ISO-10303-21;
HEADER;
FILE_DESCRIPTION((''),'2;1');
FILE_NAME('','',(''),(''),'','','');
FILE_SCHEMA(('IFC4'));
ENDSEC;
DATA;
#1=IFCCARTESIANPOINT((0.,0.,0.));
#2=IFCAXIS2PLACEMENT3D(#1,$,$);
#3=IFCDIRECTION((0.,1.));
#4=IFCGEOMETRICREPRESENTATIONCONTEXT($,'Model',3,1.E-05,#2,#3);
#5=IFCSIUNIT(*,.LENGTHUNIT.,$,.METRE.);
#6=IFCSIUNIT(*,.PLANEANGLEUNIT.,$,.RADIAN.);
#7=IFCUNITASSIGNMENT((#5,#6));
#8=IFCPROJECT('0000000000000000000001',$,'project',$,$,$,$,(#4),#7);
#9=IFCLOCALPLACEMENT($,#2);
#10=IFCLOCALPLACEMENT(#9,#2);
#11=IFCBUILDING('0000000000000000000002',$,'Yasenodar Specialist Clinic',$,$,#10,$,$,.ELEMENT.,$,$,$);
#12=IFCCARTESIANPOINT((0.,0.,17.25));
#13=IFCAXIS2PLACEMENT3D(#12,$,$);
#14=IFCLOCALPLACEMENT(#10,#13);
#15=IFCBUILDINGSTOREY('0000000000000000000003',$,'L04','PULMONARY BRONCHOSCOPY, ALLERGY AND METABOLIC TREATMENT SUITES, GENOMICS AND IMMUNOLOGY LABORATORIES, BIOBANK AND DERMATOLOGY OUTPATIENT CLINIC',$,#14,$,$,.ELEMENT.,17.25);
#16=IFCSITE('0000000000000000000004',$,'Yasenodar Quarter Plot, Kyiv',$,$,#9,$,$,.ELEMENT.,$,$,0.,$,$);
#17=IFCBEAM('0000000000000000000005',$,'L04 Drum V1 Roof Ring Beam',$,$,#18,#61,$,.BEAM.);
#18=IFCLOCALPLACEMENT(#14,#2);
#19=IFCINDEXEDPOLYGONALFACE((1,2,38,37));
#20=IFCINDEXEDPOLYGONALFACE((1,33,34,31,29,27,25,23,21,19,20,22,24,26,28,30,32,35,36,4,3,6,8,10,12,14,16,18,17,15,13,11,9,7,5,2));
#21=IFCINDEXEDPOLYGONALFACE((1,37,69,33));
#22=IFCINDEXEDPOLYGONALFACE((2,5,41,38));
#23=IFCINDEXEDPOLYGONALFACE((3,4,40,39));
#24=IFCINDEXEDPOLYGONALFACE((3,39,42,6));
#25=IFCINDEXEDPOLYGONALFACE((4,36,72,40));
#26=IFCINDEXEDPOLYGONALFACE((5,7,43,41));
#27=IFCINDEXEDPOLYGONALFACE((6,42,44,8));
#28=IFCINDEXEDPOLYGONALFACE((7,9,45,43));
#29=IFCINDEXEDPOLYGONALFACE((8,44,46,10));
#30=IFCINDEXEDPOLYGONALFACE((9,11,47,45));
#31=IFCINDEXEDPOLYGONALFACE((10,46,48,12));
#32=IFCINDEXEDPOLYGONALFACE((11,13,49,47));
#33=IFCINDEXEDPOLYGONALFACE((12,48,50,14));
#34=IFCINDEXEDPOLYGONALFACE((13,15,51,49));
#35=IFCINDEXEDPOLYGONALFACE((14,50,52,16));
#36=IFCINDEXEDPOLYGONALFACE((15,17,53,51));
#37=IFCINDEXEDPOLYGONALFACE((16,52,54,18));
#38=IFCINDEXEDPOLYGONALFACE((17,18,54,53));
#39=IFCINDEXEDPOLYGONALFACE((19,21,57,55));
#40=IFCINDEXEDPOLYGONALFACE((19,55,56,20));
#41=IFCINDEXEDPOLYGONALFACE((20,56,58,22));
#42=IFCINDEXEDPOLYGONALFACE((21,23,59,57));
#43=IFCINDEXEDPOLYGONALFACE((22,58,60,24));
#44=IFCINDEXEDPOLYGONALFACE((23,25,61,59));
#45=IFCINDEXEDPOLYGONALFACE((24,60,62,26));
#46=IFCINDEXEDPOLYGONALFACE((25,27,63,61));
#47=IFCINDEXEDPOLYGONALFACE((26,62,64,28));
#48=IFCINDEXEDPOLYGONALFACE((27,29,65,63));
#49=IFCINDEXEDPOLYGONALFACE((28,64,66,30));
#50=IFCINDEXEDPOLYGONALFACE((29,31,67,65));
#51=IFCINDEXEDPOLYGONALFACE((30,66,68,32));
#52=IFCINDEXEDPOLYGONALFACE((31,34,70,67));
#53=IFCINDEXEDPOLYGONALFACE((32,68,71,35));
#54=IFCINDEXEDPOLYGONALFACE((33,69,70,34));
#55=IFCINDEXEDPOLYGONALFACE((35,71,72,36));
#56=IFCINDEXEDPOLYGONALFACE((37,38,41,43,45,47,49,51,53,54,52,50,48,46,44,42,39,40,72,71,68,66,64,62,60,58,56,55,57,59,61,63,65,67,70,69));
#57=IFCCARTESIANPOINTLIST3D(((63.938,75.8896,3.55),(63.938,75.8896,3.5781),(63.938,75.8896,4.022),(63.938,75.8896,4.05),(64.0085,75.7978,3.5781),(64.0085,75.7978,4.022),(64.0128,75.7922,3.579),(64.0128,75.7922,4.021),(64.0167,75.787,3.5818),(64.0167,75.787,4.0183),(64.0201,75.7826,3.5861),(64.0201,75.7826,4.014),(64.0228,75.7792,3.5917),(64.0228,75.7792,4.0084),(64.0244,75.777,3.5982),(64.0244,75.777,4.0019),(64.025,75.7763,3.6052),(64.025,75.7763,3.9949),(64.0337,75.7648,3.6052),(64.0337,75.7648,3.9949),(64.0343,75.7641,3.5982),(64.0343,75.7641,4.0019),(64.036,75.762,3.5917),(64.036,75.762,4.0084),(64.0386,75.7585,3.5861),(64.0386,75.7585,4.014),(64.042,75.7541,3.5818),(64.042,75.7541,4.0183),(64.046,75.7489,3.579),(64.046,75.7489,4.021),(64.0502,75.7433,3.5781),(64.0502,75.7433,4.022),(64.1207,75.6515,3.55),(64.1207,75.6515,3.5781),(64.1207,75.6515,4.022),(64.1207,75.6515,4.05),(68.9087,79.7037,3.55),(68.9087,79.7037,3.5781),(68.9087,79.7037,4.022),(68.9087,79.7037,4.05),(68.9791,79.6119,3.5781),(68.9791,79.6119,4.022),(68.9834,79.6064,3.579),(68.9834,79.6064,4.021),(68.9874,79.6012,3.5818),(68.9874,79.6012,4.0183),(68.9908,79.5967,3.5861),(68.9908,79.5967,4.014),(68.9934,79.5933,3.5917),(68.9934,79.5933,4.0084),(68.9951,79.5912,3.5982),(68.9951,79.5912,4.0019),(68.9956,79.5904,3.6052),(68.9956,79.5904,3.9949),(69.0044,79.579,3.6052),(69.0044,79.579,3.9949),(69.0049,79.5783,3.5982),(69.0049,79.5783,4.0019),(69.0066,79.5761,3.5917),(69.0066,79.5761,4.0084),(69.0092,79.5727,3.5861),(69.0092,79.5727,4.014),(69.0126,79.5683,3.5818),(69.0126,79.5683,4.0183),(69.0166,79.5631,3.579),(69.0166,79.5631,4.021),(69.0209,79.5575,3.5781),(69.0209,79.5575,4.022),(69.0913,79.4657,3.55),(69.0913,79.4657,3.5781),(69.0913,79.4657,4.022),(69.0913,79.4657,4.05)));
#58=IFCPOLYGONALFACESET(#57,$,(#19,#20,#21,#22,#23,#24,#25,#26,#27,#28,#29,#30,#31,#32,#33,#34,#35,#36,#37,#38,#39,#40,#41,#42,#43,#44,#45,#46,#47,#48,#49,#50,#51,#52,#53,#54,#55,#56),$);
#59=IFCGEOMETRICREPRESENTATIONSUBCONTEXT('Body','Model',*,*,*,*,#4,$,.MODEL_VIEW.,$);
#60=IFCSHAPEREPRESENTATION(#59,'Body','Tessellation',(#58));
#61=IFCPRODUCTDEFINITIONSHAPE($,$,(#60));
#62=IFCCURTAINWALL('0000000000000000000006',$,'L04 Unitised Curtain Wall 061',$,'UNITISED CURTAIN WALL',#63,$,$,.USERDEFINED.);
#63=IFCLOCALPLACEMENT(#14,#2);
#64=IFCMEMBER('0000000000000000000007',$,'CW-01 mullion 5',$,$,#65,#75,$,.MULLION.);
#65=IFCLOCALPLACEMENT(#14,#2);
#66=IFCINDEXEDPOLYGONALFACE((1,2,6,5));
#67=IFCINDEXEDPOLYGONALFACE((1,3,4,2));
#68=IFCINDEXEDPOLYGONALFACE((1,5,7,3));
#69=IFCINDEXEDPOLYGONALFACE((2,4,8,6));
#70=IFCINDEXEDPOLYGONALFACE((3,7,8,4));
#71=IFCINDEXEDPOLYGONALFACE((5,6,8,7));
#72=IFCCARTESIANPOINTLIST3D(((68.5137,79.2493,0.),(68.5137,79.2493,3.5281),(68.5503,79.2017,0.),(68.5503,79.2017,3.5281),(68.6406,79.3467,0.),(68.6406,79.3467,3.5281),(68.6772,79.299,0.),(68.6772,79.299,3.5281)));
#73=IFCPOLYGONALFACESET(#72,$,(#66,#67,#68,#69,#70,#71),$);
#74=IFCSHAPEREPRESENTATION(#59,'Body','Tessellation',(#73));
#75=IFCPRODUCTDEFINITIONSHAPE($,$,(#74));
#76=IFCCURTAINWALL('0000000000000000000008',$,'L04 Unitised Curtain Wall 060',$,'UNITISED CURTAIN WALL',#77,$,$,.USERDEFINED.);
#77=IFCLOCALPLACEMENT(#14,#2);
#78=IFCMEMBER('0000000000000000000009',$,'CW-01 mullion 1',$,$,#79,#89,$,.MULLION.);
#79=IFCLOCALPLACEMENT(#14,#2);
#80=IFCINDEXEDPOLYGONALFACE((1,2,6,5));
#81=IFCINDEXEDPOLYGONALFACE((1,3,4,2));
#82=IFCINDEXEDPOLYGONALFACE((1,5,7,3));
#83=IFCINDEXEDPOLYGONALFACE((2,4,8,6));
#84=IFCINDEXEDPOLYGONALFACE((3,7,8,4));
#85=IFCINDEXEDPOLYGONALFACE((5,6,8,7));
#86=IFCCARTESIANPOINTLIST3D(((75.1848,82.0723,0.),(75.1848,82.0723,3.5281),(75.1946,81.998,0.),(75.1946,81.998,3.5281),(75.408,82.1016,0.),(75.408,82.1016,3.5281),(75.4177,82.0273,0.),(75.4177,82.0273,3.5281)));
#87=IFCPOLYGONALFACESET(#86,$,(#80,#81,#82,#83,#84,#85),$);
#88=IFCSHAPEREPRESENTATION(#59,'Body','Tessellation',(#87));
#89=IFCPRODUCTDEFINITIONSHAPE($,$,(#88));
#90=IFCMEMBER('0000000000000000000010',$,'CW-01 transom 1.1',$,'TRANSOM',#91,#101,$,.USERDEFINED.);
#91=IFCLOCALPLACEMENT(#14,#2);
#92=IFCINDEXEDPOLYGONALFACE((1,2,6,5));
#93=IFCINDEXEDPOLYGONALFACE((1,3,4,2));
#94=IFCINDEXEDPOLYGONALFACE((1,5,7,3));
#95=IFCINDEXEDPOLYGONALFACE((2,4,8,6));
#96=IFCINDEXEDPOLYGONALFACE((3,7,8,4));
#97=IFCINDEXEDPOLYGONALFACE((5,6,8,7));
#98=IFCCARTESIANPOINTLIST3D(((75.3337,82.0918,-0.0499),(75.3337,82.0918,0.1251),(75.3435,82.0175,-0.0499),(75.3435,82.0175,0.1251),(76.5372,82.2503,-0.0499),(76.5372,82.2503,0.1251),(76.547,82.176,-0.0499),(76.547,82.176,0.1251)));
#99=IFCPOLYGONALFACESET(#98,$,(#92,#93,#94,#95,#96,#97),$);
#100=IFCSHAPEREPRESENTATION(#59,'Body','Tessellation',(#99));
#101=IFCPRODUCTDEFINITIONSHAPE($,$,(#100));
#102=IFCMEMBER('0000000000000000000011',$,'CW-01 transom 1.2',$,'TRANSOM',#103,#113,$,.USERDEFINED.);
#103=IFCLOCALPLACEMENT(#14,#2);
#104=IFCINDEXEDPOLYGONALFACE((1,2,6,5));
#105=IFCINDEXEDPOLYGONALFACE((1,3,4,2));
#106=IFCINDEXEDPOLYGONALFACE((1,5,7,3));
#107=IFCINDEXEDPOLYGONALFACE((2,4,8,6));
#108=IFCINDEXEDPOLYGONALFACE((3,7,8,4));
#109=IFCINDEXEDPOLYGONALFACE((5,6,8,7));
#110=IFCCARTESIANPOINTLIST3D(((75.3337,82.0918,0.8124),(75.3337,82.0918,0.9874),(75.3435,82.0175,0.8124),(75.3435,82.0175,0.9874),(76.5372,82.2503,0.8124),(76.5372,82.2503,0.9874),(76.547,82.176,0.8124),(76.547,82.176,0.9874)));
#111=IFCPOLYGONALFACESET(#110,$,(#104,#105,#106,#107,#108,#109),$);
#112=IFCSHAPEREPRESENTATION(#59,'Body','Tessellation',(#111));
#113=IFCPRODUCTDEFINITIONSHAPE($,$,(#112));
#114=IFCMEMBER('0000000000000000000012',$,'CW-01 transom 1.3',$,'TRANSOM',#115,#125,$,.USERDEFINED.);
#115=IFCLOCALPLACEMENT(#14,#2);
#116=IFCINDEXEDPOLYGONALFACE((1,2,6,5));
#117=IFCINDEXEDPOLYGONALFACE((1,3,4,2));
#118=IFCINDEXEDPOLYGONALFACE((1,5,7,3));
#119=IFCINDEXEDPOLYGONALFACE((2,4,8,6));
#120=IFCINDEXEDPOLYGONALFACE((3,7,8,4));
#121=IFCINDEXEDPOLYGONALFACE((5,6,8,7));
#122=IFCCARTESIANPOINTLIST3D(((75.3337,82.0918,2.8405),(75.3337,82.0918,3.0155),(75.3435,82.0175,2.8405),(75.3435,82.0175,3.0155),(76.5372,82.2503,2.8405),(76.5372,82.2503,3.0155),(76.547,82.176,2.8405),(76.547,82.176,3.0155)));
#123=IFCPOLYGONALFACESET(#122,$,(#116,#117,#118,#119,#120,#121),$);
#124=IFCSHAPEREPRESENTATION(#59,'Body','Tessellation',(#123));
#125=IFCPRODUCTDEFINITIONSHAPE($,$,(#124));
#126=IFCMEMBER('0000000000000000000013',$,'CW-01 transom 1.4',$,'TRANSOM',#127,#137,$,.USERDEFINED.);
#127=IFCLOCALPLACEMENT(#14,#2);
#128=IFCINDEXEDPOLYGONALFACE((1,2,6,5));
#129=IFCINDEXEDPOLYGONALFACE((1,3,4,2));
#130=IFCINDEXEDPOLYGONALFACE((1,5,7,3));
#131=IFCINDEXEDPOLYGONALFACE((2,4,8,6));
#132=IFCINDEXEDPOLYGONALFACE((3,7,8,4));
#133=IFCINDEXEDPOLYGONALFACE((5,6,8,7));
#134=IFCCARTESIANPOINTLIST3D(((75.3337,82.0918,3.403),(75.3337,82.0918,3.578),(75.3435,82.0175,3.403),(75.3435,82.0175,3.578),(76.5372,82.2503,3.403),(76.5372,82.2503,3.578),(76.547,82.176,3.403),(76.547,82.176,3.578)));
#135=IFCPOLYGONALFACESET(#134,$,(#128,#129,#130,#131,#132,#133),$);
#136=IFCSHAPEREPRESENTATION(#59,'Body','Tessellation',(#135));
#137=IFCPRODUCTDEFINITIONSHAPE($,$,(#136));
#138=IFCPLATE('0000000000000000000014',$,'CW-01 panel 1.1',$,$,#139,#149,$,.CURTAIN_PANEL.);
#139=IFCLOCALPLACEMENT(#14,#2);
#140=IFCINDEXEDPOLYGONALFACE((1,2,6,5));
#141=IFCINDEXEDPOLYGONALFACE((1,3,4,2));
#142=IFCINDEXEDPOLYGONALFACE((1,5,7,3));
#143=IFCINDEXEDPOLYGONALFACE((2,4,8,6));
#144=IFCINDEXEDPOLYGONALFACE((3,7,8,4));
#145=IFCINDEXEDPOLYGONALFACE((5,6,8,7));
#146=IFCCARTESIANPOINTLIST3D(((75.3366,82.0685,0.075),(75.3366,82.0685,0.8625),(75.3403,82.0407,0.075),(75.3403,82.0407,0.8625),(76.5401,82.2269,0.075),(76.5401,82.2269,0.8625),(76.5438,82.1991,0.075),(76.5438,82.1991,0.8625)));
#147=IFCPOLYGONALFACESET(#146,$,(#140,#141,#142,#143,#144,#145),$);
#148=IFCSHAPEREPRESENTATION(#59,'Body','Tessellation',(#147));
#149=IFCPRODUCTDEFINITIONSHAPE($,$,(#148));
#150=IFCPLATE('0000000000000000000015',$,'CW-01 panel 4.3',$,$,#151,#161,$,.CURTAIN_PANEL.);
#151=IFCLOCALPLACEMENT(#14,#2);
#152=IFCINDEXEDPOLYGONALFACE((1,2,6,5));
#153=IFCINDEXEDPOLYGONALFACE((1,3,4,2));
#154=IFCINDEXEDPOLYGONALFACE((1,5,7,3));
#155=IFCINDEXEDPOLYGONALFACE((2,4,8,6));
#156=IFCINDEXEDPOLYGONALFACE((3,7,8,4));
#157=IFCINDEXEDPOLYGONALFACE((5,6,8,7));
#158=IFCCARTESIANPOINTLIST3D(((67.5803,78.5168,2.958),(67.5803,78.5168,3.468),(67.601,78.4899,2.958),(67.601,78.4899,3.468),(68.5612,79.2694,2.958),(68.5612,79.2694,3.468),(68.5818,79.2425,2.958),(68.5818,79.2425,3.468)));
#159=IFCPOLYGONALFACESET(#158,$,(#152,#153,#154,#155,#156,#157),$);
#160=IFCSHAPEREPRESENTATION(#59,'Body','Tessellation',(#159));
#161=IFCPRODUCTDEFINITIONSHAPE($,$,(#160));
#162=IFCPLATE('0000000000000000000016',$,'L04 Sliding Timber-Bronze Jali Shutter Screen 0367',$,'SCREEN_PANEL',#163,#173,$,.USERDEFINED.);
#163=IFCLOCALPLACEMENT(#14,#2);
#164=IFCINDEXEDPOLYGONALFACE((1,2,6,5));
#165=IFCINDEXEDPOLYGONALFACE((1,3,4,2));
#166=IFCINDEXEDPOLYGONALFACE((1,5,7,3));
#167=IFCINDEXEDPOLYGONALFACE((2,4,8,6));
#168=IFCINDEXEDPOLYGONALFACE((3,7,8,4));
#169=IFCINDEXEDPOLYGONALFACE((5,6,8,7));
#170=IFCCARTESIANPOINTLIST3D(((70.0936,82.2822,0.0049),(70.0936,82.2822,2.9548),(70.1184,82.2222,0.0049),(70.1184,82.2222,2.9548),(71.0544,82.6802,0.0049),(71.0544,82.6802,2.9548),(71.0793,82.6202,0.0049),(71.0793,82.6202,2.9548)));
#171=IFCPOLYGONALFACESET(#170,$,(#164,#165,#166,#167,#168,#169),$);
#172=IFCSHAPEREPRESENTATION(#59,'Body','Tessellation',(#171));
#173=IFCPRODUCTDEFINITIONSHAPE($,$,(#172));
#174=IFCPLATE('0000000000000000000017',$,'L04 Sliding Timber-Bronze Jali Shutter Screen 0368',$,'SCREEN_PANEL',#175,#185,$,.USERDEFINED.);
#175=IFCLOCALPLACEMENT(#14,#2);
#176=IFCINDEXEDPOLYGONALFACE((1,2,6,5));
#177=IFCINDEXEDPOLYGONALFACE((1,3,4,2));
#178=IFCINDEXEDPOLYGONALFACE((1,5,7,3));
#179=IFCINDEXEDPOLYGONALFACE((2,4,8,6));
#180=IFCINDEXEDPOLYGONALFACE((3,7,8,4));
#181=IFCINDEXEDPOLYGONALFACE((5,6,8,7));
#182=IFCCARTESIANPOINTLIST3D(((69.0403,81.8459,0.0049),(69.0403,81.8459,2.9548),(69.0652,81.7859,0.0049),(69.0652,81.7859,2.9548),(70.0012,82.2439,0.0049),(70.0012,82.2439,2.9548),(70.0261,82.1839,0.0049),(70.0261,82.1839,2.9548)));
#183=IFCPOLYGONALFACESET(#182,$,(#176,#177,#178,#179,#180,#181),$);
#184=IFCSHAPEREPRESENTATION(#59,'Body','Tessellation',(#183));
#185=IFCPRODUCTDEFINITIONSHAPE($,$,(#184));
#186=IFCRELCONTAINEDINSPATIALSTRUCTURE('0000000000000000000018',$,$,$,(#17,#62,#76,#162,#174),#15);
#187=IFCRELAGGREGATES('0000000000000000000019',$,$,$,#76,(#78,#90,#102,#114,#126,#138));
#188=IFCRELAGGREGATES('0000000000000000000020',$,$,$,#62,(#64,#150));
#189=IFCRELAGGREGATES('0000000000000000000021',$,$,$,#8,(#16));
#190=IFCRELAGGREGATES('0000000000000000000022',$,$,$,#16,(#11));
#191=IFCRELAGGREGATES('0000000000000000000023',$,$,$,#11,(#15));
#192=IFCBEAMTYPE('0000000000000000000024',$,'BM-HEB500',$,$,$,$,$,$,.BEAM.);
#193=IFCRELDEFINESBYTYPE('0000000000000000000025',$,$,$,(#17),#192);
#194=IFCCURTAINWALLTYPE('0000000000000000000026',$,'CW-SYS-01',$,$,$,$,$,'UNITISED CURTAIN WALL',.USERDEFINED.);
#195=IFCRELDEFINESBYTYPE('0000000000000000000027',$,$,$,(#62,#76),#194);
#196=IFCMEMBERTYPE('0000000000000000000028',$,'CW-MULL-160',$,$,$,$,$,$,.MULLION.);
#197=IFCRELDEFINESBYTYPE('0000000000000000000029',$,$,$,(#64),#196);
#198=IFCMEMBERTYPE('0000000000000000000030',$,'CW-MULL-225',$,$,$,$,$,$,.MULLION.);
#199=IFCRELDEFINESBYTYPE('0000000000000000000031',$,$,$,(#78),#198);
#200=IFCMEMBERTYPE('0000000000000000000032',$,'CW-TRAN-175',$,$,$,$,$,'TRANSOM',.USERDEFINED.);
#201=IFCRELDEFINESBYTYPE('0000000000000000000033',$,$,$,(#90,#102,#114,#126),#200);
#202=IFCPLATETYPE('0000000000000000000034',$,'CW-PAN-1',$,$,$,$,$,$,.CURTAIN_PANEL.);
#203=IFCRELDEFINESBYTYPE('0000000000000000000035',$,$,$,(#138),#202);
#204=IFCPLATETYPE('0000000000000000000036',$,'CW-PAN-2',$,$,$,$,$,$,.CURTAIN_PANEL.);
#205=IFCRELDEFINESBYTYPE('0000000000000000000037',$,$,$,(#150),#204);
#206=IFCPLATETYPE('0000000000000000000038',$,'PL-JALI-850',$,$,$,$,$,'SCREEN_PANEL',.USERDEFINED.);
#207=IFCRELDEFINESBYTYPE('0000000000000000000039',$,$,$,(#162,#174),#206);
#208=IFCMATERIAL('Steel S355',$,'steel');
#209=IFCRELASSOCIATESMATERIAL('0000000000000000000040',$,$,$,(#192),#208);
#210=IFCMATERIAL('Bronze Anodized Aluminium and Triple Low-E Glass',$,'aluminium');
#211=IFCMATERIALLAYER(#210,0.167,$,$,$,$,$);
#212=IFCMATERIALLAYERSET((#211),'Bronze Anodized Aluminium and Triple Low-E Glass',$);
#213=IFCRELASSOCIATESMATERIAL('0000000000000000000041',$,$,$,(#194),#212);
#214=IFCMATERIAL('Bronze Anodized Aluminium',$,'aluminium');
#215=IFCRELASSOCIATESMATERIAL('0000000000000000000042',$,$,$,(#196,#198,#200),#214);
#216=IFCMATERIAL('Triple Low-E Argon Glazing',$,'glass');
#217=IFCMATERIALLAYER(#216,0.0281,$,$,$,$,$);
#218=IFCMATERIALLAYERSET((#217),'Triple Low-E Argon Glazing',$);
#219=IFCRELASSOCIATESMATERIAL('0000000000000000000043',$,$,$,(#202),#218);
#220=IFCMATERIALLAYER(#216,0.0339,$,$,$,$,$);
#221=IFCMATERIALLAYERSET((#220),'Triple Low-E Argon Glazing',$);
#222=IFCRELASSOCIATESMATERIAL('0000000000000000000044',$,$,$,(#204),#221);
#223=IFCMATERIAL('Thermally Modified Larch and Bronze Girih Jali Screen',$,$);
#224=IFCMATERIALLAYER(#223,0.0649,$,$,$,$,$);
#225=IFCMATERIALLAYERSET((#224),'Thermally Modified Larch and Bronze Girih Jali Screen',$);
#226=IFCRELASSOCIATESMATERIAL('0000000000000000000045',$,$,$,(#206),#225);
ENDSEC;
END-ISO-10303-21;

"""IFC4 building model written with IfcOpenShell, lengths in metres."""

from ifc_helpers import new_model, si_unit, direction, frame, origin, origin_2d, place, context, subcontext, project, spatial, rectangle, i_section, extrude, material, layer, layer_set, material_profile, profile_set, type_object, element, aggregate, save


model = new_model("IFC4")

# Units and contexts
model_context = context("Model", 3, precision=1e-05, world=origin(), true_north=direction((0.0, 1.0)))
body_context = subcontext(model_context, "Body", "Model", "MODEL_VIEW")
ifc_project = project(units=[si_unit("LENGTHUNIT", "METRE"), si_unit("PLANEANGLEUNIT", "RADIAN")], contexts=[model_context])

# Site, building, storey
site_placement = place(None, origin())
site = spatial("IfcSite", under=ifc_project, at=site_placement, Name="Yasenodar Quarter Plot, Kyiv", CompositionType="ELEMENT", RefElevation=0.0)
building_placement = place(site_placement, origin())
building = spatial("IfcBuilding", under=site, at=building_placement, Name="Yasenodar Specialist Clinic", CompositionType="ELEMENT")
storey_placement = place(building_placement, frame((0.0, 0.0, 17.25)))
storey = spatial("IfcBuildingStorey", under=building, at=storey_placement, Name="L04", Description="PULMONARY BRONCHOSCOPY, ALLERGY AND METABOLIC TREATMENT SUITES, GENOMICS AND IMMUNOLOGY LABORATORIES, BIOBANK AND DERMATOLOGY OUTPATIENT CLINIC", CompositionType="ELEMENT", Elevation=17.25)

# Shared definitions
ifc_material_1 = material(Name="Steel S355", Category="steel")

# Beam
ifc_material_profile_1 = material_profile(ifc_material_1, i_section(OverallWidth=0.3, OverallDepth=0.5, WebThickness=0.0144, FlangeThickness=0.0281, FilletRadius=0.0271, at=origin_2d()), Name="HEB 500")
ifc_profile_set_1 = profile_set([ifc_material_profile_1], Name="Steel S355")
beam_type = type_object("IfcBeamType", Name="BM-HEB500", PredefinedType="BEAM", material=ifc_profile_set_1)
beam_1_placement = place(storey_placement, frame((69.0, 79.5847, 3.8), z_axis=(-0.793349, -0.608767, 0.0), x_axis=(0.608767, -0.793349, 0.0)))
element("IfcBeam", 1, at=beam_1_placement, inside=storey, type_object=beam_type, Name="L04 Drum V1 Roof Ring Beam", PredefinedType="BEAM", context=body_context, shape_type="SweptSolid", body=[
    extrude(i_section(OverallWidth=0.3, OverallDepth=0.5, WebThickness=0.0144, FlangeThickness=0.0281, FilletRadius=0.0271, at=origin_2d()), origin(), (0.0, 0.0, 1.0), 6.2654),
])

# Curtain wall, member
ifc_material_2 = material(Name="Bronze Anodized Aluminium and Triple Low-E Glass", Category="aluminium")
ifc_layer_1 = layer(ifc_material_2, 0.167)
ifc_layer_set_1 = layer_set([ifc_layer_1], Name="Bronze Anodized Aluminium and Triple Low-E Glass")
curtain_wall_type = type_object("IfcCurtainWallType", Name="CW-SYS-01", ElementType="UNITISED CURTAIN WALL", PredefinedType="USERDEFINED", material=ifc_layer_set_1)
curtain_wall_1_placement = place(storey_placement, origin())
curtain_wall_1 = element("IfcCurtainWall", 2, at=curtain_wall_1_placement, inside=storey, type_object=curtain_wall_type, Name="L04 Unitised Curtain Wall 061", ObjectType="UNITISED CURTAIN WALL", PredefinedType="USERDEFINED")
ifc_material_3 = material(Name="Bronze Anodized Aluminium", Category="aluminium")
ifc_material_profile_2 = material_profile(ifc_material_3, rectangle(XDim=0.0601, YDim=0.1599, at=origin_2d()), Name="CW-MULL 60x160")
ifc_profile_set_2 = profile_set([ifc_material_profile_2], Name="Bronze Anodized Aluminium")
member_type_1 = type_object("IfcMemberType", Name="CW-MULL-160", PredefinedType="MULLION", material=ifc_profile_set_2)
member_1_placement = place(storey_placement, frame((68.5955, 79.2742, 0.0), z_axis=(0.0, 0.0, 1.0), x_axis=(-0.608752, 0.793361, 0.0)))
member_1 = element("IfcMember", 3, at=member_1_placement, type_object=member_type_1, Name="CW-01 mullion 5", PredefinedType="MULLION", context=body_context, shape_type="SweptSolid", body=[
    extrude(rectangle(XDim=0.0601, YDim=0.1599, at=origin_2d()), origin(), (0.0, 0.0, 1.0), 3.5281),
])

# Curtain wall, members, plate
curtain_wall_2_placement = place(storey_placement, origin())
curtain_wall_2 = element("IfcCurtainWall", 4, at=curtain_wall_2_placement, inside=storey, type_object=curtain_wall_type, Name="L04 Unitised Curtain Wall 060", ObjectType="UNITISED CURTAIN WALL", PredefinedType="USERDEFINED")
ifc_material_profile_3 = material_profile(ifc_material_3, rectangle(XDim=0.075, YDim=0.2251, at=origin_2d()), Name="CW-MULL 75x225")
ifc_profile_set_3 = profile_set([ifc_material_profile_3], Name="Bronze Anodized Aluminium")
member_type_2 = type_object("IfcMemberType", Name="CW-MULL-225", PredefinedType="MULLION", material=ifc_profile_set_3)
member_2_placement = place(storey_placement, frame((75.3013, 82.0498, 0.0), z_axis=(0.0, 0.0, 1.0), x_axis=(-0.130512, 0.991447, 0.0)))
member_2 = element("IfcMember", 5, at=member_2_placement, type_object=member_type_2, Name="CW-01 mullion 1", PredefinedType="MULLION", context=body_context, shape_type="SweptSolid", body=[
    extrude(rectangle(XDim=0.075, YDim=0.2251, at=origin_2d()), origin(), (0.0, 0.0, 1.0), 3.5281),
])
ifc_material_profile_4 = material_profile(ifc_material_3, rectangle(XDim=0.075, YDim=0.175, at=origin_2d()), Name="CW-TRAN 75x175")
ifc_profile_set_4 = profile_set([ifc_material_profile_4], Name="Bronze Anodized Aluminium")
member_type_3 = type_object("IfcMemberType", Name="CW-TRAN-175", ElementType="TRANSOM", PredefinedType="USERDEFINED", material=ifc_profile_set_4)
member_3_placement = place(storey_placement, frame((75.3386, 82.0547, 0.0376), z_axis=(0.991443, 0.130543, 0.0), x_axis=(-0.130543, 0.991443, 0.0)))
member_3 = element("IfcMember", 6, at=member_3_placement, type_object=member_type_3, Name="CW-01 transom 1.1", ObjectType="TRANSOM", PredefinedType="USERDEFINED", context=body_context, shape_type="SweptSolid", body=[
    extrude(rectangle(XDim=0.075, YDim=0.175, at=origin_2d()), origin(), (0.0, 0.0, 1.0), 1.2139),
])
member_4_placement = place(storey_placement, frame((75.3386, 82.0547, 0.8999), z_axis=(0.991443, 0.130543, 0.0), x_axis=(-0.130543, 0.991443, 0.0)))
member_4 = element("IfcMember", 7, at=member_4_placement, type_object=member_type_3, Name="CW-01 transom 1.2", ObjectType="TRANSOM", PredefinedType="USERDEFINED", context=body_context, shape_type="SweptSolid", body=[
    extrude(rectangle(XDim=0.075, YDim=0.175, at=origin_2d()), origin(), (0.0, 0.0, 1.0), 1.2139),
])
member_5_placement = place(storey_placement, frame((75.3386, 82.0547, 2.928), z_axis=(0.991443, 0.130543, 0.0), x_axis=(-0.130543, 0.991443, 0.0)))
member_5 = element("IfcMember", 8, at=member_5_placement, type_object=member_type_3, Name="CW-01 transom 1.3", ObjectType="TRANSOM", PredefinedType="USERDEFINED", context=body_context, shape_type="SweptSolid", body=[
    extrude(rectangle(XDim=0.075, YDim=0.175, at=origin_2d()), origin(), (0.0, 0.0, 1.0), 1.2139),
])
member_6_placement = place(storey_placement, frame((75.3386, 82.0547, 3.4905), z_axis=(0.991443, 0.130543, 0.0), x_axis=(-0.130543, 0.991443, 0.0)))
member_6 = element("IfcMember", 9, at=member_6_placement, type_object=member_type_3, Name="CW-01 transom 1.4", ObjectType="TRANSOM", PredefinedType="USERDEFINED", context=body_context, shape_type="SweptSolid", body=[
    extrude(rectangle(XDim=0.075, YDim=0.175, at=origin_2d()), origin(), (0.0, 0.0, 1.0), 1.2139),
])
ifc_material_4 = material(Name="Triple Low-E Argon Glazing", Category="glass")
ifc_layer_2 = layer(ifc_material_4, 0.0281)
ifc_layer_set_2 = layer_set([ifc_layer_2], Name="Triple Low-E Argon Glazing")
plate_type_1 = type_object("IfcPlateType", Name="CW-PAN-1", PredefinedType="CURTAIN_PANEL", material=ifc_layer_set_2)
plate_1_placement = place(storey_placement, frame((75.9402, 82.1338, 0.075), z_axis=(0.0, 0.0, 1.0), x_axis=(0.991447, 0.130512, 0.0)))
plate_1 = element("IfcPlate", 10, at=plate_1_placement, type_object=plate_type_1, Name="CW-01 panel 1.1", PredefinedType="CURTAIN_PANEL", context=body_context, shape_type="SweptSolid", body=[
    extrude(rectangle(XDim=1.2139, YDim=0.0281, at=origin_2d()), origin(), (0.0, 0.0, 1.0), 0.7876),
])
aggregate(curtain_wall_2, [member_2, member_3, member_4, member_5, member_6, plate_1])

# Plate
ifc_layer_3 = layer(ifc_material_4, 0.0339)
ifc_layer_set_3 = layer_set([ifc_layer_3], Name="Triple Low-E Argon Glazing")
plate_type_2 = type_object("IfcPlateType", Name="CW-PAN-2", PredefinedType="CURTAIN_PANEL", material=ifc_layer_set_3)
plate_2_placement = place(storey_placement, frame((68.0811, 78.8796, 2.958), z_axis=(0.0, 0.0, 1.0), x_axis=(0.793361, 0.608752, 0.0)))
plate_2 = element("IfcPlate", 11, at=plate_2_placement, type_object=plate_type_2, Name="CW-01 panel 4.3", PredefinedType="CURTAIN_PANEL", context=body_context, shape_type="SweptSolid", body=[
    extrude(rectangle(XDim=1.2363, YDim=0.0339, at=origin_2d()), origin(), (0.0, 0.0, 1.0), 0.51),
])
aggregate(curtain_wall_1, [member_1, plate_2])

# Plates
ifc_material_5 = material(Name="Thermally Modified Larch and Bronze Girih Jali Screen")
ifc_layer_4 = layer(ifc_material_5, 0.0649)
ifc_layer_set_4 = layer_set([ifc_layer_4], Name="Thermally Modified Larch and Bronze Girih Jali Screen")
plate_type_3 = type_object("IfcPlateType", Name="PL-JALI-850", ElementType="SCREEN_PANEL", PredefinedType="USERDEFINED", material=ifc_layer_set_4)
for number, where, z_axis, x_axis, name in (
    (12, (70.5864, 82.4512, 0.0049), (0.0, 0.0, 1.0), (-0.923878, -0.382687, 0.0), "L04 Sliding Timber-Bronze Jali Shutter Screen 0367"),
    (13, (69.5332, 82.0149, 0.0049), (0.0, 0.0, 1.0), (-0.923878, -0.382687, 0.0), "L04 Sliding Timber-Bronze Jali Shutter Screen 0368"),
):
    element("IfcPlate", number, at=place(storey_placement, frame(where, z_axis=z_axis, x_axis=x_axis)), inside=storey, type_object=plate_type_3, Name=name, ObjectType="SCREEN_PANEL", PredefinedType="USERDEFINED", context=body_context, shape_type="SweptSolid", body=[
        extrude(rectangle(XDim=1.04, YDim=0.0649, at=origin_2d()), origin(), (0.0, 0.0, 1.0), 2.95),
    ])

save(model, "model.ifc")
